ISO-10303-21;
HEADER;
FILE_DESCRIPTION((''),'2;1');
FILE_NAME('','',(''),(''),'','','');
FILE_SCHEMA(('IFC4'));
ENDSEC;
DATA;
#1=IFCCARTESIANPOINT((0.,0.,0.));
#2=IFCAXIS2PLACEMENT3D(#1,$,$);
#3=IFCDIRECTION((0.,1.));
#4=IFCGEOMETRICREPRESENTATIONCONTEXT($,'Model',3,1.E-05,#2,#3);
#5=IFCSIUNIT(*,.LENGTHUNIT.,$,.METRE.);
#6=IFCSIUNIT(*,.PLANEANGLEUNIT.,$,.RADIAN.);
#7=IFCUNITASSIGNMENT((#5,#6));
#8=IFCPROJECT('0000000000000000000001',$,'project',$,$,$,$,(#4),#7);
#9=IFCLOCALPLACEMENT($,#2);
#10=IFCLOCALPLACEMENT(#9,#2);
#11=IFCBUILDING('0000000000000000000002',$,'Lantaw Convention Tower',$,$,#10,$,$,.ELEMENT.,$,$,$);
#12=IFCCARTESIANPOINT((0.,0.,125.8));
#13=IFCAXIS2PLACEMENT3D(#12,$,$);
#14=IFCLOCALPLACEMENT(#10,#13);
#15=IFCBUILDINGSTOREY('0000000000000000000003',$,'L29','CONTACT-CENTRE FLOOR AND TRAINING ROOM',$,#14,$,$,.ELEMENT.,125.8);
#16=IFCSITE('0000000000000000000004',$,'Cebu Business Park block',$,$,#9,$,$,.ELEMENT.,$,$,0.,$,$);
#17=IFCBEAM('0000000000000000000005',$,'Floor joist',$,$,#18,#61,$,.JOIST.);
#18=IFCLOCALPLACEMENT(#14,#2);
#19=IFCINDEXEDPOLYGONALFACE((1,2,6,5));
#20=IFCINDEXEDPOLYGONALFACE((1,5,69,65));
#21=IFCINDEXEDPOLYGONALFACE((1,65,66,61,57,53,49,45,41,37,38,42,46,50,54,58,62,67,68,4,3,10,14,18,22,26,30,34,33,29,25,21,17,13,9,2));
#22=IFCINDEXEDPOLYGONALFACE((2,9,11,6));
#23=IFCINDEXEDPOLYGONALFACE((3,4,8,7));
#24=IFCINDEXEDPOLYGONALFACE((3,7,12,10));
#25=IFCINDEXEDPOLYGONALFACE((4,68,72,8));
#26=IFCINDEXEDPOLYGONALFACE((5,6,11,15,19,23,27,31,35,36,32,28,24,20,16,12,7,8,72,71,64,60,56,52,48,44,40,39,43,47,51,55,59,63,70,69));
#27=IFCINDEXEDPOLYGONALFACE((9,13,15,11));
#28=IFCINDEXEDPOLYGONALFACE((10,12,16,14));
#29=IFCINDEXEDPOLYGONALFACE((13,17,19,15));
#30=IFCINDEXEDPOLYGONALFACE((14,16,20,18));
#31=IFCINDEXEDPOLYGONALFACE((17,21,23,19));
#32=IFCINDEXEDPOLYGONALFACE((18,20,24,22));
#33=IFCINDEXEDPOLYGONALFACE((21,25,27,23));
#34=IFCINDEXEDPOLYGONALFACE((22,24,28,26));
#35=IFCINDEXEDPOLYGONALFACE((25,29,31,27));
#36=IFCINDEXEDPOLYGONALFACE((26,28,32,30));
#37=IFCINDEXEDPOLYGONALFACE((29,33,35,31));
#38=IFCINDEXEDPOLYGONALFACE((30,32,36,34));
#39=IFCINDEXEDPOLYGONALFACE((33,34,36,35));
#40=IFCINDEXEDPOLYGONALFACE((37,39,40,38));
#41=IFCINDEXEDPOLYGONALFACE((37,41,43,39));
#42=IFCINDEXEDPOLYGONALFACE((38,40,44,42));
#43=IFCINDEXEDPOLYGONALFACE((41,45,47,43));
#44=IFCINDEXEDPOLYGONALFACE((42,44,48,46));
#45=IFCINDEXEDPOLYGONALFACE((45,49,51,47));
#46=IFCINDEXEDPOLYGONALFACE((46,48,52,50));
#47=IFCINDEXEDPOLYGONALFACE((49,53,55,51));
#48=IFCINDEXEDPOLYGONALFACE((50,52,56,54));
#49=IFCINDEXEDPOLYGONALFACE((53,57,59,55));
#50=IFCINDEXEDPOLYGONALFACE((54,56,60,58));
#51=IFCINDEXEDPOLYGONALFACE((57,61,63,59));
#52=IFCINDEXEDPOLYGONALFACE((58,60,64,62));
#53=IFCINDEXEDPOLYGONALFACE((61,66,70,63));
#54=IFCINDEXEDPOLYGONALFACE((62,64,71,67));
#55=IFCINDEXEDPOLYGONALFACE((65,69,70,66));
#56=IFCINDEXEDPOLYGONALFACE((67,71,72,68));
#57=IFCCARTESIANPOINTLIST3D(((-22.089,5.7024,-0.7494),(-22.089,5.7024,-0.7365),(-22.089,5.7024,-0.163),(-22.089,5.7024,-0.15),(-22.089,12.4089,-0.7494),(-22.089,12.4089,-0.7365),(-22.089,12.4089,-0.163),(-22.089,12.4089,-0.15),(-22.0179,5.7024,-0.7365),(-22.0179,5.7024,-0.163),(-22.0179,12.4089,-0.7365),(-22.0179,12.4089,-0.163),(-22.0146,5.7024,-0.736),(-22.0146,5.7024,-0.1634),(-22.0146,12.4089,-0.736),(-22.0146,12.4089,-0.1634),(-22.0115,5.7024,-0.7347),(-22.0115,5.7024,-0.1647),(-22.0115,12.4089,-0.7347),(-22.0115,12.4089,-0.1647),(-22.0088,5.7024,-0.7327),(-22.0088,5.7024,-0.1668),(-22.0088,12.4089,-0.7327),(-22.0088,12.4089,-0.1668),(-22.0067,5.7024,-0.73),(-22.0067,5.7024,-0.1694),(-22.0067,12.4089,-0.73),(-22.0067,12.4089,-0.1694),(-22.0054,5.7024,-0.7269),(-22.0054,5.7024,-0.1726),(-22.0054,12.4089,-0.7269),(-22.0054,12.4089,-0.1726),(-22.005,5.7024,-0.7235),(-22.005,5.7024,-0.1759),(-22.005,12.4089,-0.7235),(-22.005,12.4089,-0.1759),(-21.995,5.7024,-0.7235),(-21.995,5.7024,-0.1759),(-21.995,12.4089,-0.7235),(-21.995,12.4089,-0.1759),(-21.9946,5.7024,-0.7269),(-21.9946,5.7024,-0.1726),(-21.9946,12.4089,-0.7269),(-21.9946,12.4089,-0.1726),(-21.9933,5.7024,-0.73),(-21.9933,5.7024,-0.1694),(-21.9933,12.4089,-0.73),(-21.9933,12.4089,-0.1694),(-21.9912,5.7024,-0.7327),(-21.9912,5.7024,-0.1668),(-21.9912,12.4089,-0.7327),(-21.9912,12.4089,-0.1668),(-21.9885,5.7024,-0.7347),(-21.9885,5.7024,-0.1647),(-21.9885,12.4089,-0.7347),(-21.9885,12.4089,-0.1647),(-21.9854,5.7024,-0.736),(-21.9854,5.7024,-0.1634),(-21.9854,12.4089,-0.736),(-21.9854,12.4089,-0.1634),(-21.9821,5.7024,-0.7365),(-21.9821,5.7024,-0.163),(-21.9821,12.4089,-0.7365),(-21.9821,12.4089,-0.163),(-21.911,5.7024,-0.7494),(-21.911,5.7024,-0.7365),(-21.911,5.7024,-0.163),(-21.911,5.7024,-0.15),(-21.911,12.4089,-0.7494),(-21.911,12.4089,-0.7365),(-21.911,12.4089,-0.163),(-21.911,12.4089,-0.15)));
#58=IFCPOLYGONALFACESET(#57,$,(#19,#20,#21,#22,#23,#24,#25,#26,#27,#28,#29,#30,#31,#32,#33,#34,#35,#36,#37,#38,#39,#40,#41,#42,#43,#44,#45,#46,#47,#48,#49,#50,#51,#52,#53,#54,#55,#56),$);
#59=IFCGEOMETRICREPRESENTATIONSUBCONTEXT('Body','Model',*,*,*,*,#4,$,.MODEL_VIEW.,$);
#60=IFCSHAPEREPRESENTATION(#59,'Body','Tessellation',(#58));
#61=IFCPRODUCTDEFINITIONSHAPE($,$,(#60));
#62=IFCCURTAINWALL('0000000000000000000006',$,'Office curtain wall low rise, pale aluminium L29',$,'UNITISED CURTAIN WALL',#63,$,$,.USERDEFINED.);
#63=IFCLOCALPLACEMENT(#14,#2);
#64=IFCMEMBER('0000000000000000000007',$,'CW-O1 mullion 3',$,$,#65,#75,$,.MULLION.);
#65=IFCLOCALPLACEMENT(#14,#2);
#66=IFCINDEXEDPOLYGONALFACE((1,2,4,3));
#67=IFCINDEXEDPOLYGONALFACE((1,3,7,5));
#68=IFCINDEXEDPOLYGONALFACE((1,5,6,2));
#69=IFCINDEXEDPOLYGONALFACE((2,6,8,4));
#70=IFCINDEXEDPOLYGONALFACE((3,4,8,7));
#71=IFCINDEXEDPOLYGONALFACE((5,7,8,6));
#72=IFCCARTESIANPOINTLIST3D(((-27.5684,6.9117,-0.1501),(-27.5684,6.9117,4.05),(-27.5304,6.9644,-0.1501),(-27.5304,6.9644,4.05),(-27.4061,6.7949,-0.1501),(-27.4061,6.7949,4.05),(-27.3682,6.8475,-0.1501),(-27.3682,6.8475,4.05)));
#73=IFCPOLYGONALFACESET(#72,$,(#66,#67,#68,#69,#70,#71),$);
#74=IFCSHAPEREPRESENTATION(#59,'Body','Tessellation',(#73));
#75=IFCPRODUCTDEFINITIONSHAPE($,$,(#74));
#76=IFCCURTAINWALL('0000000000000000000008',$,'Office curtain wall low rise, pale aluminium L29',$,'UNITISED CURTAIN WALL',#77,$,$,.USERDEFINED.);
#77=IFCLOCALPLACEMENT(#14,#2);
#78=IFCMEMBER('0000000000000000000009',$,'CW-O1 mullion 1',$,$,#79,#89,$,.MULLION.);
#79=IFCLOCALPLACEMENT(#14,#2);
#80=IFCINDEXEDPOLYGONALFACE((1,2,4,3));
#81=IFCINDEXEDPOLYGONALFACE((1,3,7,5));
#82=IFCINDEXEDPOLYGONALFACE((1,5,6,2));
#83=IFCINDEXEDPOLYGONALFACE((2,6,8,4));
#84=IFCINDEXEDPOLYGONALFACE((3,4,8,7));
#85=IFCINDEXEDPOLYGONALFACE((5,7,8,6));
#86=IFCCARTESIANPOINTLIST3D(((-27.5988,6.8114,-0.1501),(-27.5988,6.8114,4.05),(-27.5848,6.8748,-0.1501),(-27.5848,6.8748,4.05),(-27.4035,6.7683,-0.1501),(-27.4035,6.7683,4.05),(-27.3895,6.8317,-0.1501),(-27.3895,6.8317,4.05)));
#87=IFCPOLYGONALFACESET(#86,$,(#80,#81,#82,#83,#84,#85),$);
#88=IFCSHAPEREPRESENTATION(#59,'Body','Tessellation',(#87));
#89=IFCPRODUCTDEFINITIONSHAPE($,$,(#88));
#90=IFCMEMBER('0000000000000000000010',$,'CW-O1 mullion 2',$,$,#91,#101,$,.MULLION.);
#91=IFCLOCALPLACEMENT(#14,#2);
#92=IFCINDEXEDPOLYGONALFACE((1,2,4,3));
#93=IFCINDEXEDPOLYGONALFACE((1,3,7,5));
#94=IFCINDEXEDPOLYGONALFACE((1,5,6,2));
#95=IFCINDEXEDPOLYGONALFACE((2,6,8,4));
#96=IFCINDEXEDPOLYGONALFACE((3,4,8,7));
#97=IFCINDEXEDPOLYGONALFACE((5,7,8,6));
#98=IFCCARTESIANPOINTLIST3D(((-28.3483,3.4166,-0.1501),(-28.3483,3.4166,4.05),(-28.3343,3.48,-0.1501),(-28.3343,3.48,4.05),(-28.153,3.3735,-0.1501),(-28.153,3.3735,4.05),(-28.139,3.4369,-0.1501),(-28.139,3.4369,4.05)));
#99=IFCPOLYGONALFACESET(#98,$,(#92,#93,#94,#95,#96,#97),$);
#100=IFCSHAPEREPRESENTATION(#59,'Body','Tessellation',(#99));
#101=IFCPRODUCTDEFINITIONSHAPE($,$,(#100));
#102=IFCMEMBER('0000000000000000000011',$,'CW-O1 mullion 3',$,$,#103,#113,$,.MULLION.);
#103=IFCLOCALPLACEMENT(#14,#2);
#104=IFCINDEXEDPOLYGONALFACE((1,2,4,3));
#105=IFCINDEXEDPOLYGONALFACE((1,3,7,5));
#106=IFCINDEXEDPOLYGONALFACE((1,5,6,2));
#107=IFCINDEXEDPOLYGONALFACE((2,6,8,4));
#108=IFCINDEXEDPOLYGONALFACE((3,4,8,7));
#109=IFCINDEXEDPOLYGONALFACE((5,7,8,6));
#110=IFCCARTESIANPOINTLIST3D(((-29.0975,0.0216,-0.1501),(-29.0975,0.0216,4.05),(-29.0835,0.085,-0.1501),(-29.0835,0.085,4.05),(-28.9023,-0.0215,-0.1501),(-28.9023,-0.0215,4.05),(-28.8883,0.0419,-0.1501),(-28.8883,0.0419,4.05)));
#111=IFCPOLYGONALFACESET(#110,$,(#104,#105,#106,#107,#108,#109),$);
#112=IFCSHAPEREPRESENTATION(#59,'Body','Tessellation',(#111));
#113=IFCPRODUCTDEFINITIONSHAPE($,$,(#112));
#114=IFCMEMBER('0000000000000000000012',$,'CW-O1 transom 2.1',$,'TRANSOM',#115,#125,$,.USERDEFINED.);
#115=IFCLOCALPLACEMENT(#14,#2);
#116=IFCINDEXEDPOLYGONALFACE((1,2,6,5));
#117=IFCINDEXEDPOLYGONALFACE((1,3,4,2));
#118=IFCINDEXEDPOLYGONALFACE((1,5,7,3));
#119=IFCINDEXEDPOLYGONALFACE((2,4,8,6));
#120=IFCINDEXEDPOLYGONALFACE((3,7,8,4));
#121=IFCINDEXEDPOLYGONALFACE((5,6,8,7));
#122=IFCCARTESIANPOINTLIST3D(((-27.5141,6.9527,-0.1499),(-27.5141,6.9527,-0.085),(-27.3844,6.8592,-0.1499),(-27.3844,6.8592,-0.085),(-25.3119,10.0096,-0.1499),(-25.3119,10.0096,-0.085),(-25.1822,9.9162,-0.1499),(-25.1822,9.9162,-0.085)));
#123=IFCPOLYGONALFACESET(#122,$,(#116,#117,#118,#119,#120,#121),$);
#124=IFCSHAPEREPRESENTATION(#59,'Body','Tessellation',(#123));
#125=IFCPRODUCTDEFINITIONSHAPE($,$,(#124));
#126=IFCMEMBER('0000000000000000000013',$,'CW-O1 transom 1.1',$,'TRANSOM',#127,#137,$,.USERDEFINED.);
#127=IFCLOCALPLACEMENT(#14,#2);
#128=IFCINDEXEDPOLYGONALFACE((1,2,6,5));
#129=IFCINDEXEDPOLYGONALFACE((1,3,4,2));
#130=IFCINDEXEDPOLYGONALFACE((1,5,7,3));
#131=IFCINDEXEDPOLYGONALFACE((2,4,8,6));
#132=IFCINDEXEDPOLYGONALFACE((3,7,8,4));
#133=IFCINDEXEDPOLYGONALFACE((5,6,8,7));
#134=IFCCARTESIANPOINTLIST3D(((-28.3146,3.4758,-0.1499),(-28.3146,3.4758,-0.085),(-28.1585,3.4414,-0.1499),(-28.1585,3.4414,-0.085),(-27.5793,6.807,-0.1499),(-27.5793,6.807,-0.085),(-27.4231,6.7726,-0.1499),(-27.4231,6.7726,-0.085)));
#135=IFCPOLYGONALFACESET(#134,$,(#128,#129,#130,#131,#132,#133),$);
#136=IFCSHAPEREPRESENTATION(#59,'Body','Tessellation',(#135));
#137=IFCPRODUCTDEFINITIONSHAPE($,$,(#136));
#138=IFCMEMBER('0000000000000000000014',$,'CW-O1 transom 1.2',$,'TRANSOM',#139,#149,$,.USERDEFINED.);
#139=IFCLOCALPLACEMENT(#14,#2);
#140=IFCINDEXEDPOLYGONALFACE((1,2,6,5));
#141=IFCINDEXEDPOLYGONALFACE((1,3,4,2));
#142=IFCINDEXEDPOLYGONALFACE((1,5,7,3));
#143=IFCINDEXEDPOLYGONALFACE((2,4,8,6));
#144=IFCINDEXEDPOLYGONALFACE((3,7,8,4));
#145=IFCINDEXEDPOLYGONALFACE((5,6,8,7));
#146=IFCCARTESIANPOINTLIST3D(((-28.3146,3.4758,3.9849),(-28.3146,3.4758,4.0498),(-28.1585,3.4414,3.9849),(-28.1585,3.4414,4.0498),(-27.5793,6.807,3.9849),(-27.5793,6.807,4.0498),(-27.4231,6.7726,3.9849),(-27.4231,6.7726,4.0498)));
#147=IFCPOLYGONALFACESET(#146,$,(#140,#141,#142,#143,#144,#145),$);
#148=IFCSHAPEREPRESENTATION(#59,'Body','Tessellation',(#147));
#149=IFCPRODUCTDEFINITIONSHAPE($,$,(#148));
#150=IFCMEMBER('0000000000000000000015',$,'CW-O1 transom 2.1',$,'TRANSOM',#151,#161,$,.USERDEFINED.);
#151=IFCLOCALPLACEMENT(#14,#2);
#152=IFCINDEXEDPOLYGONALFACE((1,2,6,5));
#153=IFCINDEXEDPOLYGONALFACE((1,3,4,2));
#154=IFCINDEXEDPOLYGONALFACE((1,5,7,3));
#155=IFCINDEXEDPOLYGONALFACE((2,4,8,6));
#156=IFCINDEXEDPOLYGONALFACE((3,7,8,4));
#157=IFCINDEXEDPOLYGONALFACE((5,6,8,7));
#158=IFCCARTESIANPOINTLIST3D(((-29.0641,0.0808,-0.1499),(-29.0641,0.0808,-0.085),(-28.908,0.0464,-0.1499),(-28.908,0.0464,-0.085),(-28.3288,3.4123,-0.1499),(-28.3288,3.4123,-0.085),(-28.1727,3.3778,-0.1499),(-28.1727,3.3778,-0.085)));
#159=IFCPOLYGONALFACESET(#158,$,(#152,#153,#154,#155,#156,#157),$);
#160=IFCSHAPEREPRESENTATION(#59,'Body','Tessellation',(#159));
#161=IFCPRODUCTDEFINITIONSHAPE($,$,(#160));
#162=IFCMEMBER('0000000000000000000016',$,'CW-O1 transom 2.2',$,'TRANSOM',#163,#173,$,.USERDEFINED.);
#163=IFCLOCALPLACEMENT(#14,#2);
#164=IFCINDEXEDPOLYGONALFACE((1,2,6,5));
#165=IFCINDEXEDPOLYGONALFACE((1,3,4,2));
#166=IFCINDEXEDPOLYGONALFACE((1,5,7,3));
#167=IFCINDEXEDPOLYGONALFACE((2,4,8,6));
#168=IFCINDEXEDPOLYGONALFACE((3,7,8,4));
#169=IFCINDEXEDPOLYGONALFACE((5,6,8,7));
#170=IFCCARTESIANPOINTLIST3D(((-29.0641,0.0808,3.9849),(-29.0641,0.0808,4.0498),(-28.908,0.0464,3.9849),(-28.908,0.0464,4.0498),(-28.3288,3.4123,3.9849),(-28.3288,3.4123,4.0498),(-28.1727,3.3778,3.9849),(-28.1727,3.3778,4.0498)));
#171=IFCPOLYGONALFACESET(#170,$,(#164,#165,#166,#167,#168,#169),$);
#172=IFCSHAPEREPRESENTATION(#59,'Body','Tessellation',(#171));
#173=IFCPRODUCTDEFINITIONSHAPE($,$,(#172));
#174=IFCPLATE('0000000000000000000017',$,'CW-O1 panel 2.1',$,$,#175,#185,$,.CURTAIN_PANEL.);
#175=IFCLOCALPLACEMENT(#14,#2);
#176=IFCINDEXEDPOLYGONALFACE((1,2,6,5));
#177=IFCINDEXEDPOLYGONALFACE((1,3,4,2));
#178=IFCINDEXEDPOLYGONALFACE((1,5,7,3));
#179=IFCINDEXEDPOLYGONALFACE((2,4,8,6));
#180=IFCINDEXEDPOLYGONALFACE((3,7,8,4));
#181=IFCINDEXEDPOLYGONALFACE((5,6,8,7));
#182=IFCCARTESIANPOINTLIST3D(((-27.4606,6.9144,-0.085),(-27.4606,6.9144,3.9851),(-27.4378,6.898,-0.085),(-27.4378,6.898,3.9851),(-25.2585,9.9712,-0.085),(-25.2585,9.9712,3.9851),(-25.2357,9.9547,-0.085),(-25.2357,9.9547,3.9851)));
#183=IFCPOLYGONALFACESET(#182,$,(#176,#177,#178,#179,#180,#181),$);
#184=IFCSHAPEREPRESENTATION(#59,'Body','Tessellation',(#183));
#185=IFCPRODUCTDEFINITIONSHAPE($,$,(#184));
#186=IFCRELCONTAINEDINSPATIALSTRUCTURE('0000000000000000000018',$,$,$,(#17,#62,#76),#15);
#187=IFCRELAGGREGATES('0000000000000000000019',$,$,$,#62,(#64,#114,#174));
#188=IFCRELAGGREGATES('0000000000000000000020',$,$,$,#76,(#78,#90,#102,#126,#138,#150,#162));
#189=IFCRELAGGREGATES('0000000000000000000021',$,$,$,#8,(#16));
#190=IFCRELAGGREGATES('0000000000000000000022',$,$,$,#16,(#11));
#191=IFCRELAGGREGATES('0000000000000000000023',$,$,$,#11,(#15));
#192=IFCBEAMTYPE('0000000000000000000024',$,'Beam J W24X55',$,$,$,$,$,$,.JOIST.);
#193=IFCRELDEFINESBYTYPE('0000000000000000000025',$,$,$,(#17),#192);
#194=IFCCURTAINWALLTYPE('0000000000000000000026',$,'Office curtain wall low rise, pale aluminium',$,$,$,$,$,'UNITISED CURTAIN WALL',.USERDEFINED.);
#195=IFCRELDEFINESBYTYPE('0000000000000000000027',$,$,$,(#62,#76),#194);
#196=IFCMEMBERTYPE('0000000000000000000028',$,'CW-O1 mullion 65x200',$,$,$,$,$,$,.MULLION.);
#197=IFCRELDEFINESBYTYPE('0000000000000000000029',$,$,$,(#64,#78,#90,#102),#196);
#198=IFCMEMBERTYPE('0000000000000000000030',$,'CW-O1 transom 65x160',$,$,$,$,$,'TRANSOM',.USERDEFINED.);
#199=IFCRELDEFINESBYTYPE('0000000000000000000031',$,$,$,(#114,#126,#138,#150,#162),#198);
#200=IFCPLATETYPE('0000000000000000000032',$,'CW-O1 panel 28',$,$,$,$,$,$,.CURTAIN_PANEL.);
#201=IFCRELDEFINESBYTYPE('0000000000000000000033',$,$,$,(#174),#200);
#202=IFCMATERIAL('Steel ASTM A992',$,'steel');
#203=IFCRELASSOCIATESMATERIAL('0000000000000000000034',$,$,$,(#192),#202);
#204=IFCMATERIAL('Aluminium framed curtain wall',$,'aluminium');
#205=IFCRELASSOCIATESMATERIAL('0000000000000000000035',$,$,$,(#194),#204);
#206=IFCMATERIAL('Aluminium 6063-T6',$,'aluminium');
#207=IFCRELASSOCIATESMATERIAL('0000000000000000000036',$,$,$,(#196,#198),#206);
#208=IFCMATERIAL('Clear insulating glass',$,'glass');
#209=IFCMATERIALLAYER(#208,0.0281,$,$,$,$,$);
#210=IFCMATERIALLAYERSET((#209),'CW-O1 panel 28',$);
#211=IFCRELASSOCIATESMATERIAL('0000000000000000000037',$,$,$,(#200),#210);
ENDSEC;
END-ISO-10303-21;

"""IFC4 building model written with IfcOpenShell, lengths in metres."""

from ifc_helpers import new_model, si_unit, direction, frame, origin, origin_2d, place, context, subcontext, project, spatial, rectangle, i_section, extrude, material, layer, layer_set, material_profile, profile_set, type_object, element, aggregate, save


model = new_model("IFC4")

# Units and contexts
model_context = context("Model", 3, precision=1e-05, world=origin(), true_north=direction((0.0, 1.0)))
body_context = subcontext(model_context, "Body", "Model", "MODEL_VIEW")
ifc_project = project(units=[si_unit("LENGTHUNIT", "METRE"), si_unit("PLANEANGLEUNIT", "RADIAN")], contexts=[model_context])

# Site, building, storey
site_placement = place(None, origin())
site = spatial("IfcSite", under=ifc_project, at=site_placement, Name="Cebu Business Park block", CompositionType="ELEMENT", RefElevation=0.0)
building_placement = place(site_placement, origin())
building = spatial("IfcBuilding", under=site, at=building_placement, Name="Lantaw Convention Tower", CompositionType="ELEMENT")
storey_placement = place(building_placement, frame((0.0, 0.0, 125.8)))
storey = spatial("IfcBuildingStorey", under=building, at=storey_placement, Name="L29", Description="CONTACT-CENTRE FLOOR AND TRAINING ROOM", CompositionType="ELEMENT", Elevation=125.8)

# Beam
ifc_material_1 = material(Name="Steel ASTM A992", Category="steel")
ifc_material_profile_1 = material_profile(ifc_material_1, i_section(OverallWidth=0.178, OverallDepth=0.5994, WebThickness=0.01, FlangeThickness=0.0129, FilletRadius=0.0129, at=origin_2d()), Name="W24X55")
ifc_profile_set_1 = profile_set([ifc_material_profile_1], Name="Steel ASTM A992")
beam_type_1 = type_object("IfcBeamType", Name="Beam J W24X55", PredefinedType="JOIST", material=ifc_profile_set_1)
beam_1_placement = place(storey_placement, frame((-22.0, 5.7024, -0.4497), z_axis=(0.0, 1.0, 0.0), x_axis=(-1.0, 0.0, 0.0)))
element("IfcBeam", 1, at=beam_1_placement, inside=storey, type_object=beam_type_1, Name="Floor joist", PredefinedType="JOIST", context=body_context, shape_type="SweptSolid", body=[
    extrude(i_section(OverallWidth=0.178, OverallDepth=0.5994, WebThickness=0.01, FlangeThickness=0.0129, FilletRadius=0.0129, at=origin_2d()), origin(), (0.0, 0.0, 1.0), 6.7065),
])

# Curtain wall, member
ifc_material_2 = material(Name="Aluminium framed curtain wall", Category="aluminium")
curtain_wall_type = type_object("IfcCurtainWallType", Name="Office curtain wall low rise, pale aluminium", ElementType="UNITISED CURTAIN WALL", PredefinedType="USERDEFINED", material=ifc_material_2)
curtain_wall_1_placement = place(storey_placement, origin())
curtain_wall_1 = element("IfcCurtainWall", 2, at=curtain_wall_1_placement, inside=storey, type_object=curtain_wall_type, Name="Office curtain wall low rise, pale aluminium L29", ObjectType="UNITISED CURTAIN WALL", PredefinedType="USERDEFINED")
ifc_material_3 = material(Name="Aluminium 6063-T6", Category="aluminium")
ifc_material_profile_2 = material_profile(ifc_material_3, rectangle(XDim=0.2, YDim=0.0649, at=origin_2d()), Name="CW-O1 mullion 65x200")
ifc_profile_set_2 = profile_set([ifc_material_profile_2], Name="Aluminium 6063-T6")
member_type_1 = type_object("IfcMemberType", Name="CW-O1 mullion 65x200", PredefinedType="MULLION", material=ifc_profile_set_2)
member_1_placement = place(storey_placement, frame((-27.4683, 6.8796, -0.1501), z_axis=(0.0, 0.0, 1.0), x_axis=(0.811385, -0.584513, 0.0)))
member_1 = element("IfcMember", 3, at=member_1_placement, type_object=member_type_1, Name="CW-O1 mullion 3", PredefinedType="MULLION", context=body_context, shape_type="SweptSolid", body=[
    extrude(rectangle(XDim=0.2, YDim=0.0649, at=origin_2d()), origin(), (0.0, 0.0, 1.0), 4.2002),
])

# Curtain wall, members
curtain_wall_2_placement = place(storey_placement, origin())
curtain_wall_2 = element("IfcCurtainWall", 4, at=curtain_wall_2_placement, inside=storey, type_object=curtain_wall_type, Name="Office curtain wall low rise, pale aluminium L29", ObjectType="UNITISED CURTAIN WALL", PredefinedType="USERDEFINED")
member_2_placement = place(storey_placement, frame((-27.4941, 6.8215, -0.1501), z_axis=(0.0, 0.0, 1.0), x_axis=(0.976494, -0.215546, 0.0)))
member_2 = element("IfcMember", 5, at=member_2_placement, type_object=member_type_1, Name="CW-O1 mullion 1", PredefinedType="MULLION", context=body_context, shape_type="SweptSolid", body=[
    extrude(rectangle(XDim=0.2, YDim=0.0649, at=origin_2d()), origin(), (0.0, 0.0, 1.0), 4.2002),
])
member_3_placement = place(storey_placement, frame((-28.2437, 3.4268, -0.1501), z_axis=(0.0, 0.0, 1.0), x_axis=(0.976494, -0.215546, 0.0)))
member_3 = element("IfcMember", 6, at=member_3_placement, type_object=member_type_1, Name="CW-O1 mullion 2", PredefinedType="MULLION", context=body_context, shape_type="SweptSolid", body=[
    extrude(rectangle(XDim=0.2, YDim=0.0649, at=origin_2d()), origin(), (0.0, 0.0, 1.0), 4.2002),
])
member_4_placement = place(storey_placement, frame((-28.9929, 0.0317, -0.1501), z_axis=(0.0, 0.0, 1.0), x_axis=(0.976494, -0.215546, 0.0)))
member_4 = element("IfcMember", 7, at=member_4_placement, type_object=member_type_1, Name="CW-O1 mullion 3", PredefinedType="MULLION", context=body_context, shape_type="SweptSolid", body=[
    extrude(rectangle(XDim=0.2, YDim=0.0649, at=origin_2d()), origin(), (0.0, 0.0, 1.0), 4.2002),
])

# Members
ifc_material_profile_3 = material_profile(ifc_material_3, rectangle(XDim=0.1599, YDim=0.0649, at=origin_2d()), Name="CW-O1 transom 65x160")
ifc_profile_set_3 = profile_set([ifc_material_profile_3], Name="Aluminium 6063-T6")
member_type_2 = type_object("IfcMemberType", Name="CW-O1 transom 65x160", ElementType="TRANSOM", PredefinedType="USERDEFINED", material=ifc_profile_set_3)
member_5_placement = place(storey_placement, frame((-25.2471, 9.9629, -0.1174), z_axis=(-0.584513, -0.811384, 0.0), x_axis=(0.811384, -0.584513, 0.0)))
member_5 = element("IfcMember", 8, at=member_5_placement, type_object=member_type_2, Name="CW-O1 transom 2.1", ObjectType="TRANSOM", PredefinedType="USERDEFINED", context=body_context, shape_type="SweptSolid", body=[
    extrude(rectangle(XDim=0.1599, YDim=0.0649, at=origin_2d()), origin(), (0.0, 0.0, 1.0), 3.7676),
])
member_6_placement = place(storey_placement, frame((-27.5012, 6.7898, -0.1174), z_axis=(-0.215551, -0.976493, 0.0), x_axis=(0.976493, -0.215551, 0.0)))
member_6 = element("IfcMember", 9, at=member_6_placement, type_object=member_type_2, Name="CW-O1 transom 1.1", ObjectType="TRANSOM", PredefinedType="USERDEFINED", context=body_context, shape_type="SweptSolid", body=[
    extrude(rectangle(XDim=0.1599, YDim=0.0649, at=origin_2d()), origin(), (0.0, 0.0, 1.0), 3.4114),
])
member_7_placement = place(storey_placement, frame((-27.5012, 6.7898, 4.0173), z_axis=(-0.215551, -0.976493, 0.0), x_axis=(0.976493, -0.215551, 0.0)))
member_7 = element("IfcMember", 10, at=member_7_placement, type_object=member_type_2, Name="CW-O1 transom 1.2", ObjectType="TRANSOM", PredefinedType="USERDEFINED", context=body_context, shape_type="SweptSolid", body=[
    extrude(rectangle(XDim=0.1599, YDim=0.0649, at=origin_2d()), origin(), (0.0, 0.0, 1.0), 3.4114),
])
member_8_placement = place(storey_placement, frame((-28.2507, 3.395, -0.1174), z_axis=(-0.215536, -0.976496, 0.0), x_axis=(0.976496, -0.215536, 0.0)))
member_8 = element("IfcMember", 11, at=member_8_placement, type_object=member_type_2, Name="CW-O1 transom 2.1", ObjectType="TRANSOM", PredefinedType="USERDEFINED", context=body_context, shape_type="SweptSolid", body=[
    extrude(rectangle(XDim=0.1599, YDim=0.0649, at=origin_2d()), origin(), (0.0, 0.0, 1.0), 3.4116),
])
member_9_placement = place(storey_placement, frame((-28.2507, 3.395, 4.0173), z_axis=(-0.215536, -0.976496, 0.0), x_axis=(0.976496, -0.215536, 0.0)))
member_9 = element("IfcMember", 12, at=member_9_placement, type_object=member_type_2, Name="CW-O1 transom 2.2", ObjectType="TRANSOM", PredefinedType="USERDEFINED", context=body_context, shape_type="SweptSolid", body=[
    extrude(rectangle(XDim=0.1599, YDim=0.0649, at=origin_2d()), origin(), (0.0, 0.0, 1.0), 3.4116),
])

# Plate
ifc_material_4 = material(Name="Clear insulating glass", Category="glass")
ifc_layer_1 = layer(ifc_material_4, 0.0281)
ifc_layer_set_1 = layer_set([ifc_layer_1], Name="CW-O1 panel 28")
plate_type_1 = type_object("IfcPlateType", Name="CW-O1 panel 28", PredefinedType="CURTAIN_PANEL", material=ifc_layer_set_1)
plate_1_placement = place(storey_placement, frame((-26.3481, 8.4346, -0.085), z_axis=(0.0, 0.0, 1.0), x_axis=(-0.584513, -0.811385, 0.0)))
plate_1 = element("IfcPlate", 13, at=plate_1_placement, type_object=plate_type_1, Name="CW-O1 panel 2.1", PredefinedType="CURTAIN_PANEL", context=body_context, shape_type="SweptSolid", body=[
    extrude(rectangle(XDim=3.7673, YDim=0.0281, at=origin_2d()), origin(), (0.0, 0.0, 1.0), 4.0701),
])
aggregate(curtain_wall_1, [member_1, member_5, plate_1])
aggregate(curtain_wall_2, [member_2, member_3, member_4, member_6, member_7, member_8, member_9])

save(model, "model.ifc")
